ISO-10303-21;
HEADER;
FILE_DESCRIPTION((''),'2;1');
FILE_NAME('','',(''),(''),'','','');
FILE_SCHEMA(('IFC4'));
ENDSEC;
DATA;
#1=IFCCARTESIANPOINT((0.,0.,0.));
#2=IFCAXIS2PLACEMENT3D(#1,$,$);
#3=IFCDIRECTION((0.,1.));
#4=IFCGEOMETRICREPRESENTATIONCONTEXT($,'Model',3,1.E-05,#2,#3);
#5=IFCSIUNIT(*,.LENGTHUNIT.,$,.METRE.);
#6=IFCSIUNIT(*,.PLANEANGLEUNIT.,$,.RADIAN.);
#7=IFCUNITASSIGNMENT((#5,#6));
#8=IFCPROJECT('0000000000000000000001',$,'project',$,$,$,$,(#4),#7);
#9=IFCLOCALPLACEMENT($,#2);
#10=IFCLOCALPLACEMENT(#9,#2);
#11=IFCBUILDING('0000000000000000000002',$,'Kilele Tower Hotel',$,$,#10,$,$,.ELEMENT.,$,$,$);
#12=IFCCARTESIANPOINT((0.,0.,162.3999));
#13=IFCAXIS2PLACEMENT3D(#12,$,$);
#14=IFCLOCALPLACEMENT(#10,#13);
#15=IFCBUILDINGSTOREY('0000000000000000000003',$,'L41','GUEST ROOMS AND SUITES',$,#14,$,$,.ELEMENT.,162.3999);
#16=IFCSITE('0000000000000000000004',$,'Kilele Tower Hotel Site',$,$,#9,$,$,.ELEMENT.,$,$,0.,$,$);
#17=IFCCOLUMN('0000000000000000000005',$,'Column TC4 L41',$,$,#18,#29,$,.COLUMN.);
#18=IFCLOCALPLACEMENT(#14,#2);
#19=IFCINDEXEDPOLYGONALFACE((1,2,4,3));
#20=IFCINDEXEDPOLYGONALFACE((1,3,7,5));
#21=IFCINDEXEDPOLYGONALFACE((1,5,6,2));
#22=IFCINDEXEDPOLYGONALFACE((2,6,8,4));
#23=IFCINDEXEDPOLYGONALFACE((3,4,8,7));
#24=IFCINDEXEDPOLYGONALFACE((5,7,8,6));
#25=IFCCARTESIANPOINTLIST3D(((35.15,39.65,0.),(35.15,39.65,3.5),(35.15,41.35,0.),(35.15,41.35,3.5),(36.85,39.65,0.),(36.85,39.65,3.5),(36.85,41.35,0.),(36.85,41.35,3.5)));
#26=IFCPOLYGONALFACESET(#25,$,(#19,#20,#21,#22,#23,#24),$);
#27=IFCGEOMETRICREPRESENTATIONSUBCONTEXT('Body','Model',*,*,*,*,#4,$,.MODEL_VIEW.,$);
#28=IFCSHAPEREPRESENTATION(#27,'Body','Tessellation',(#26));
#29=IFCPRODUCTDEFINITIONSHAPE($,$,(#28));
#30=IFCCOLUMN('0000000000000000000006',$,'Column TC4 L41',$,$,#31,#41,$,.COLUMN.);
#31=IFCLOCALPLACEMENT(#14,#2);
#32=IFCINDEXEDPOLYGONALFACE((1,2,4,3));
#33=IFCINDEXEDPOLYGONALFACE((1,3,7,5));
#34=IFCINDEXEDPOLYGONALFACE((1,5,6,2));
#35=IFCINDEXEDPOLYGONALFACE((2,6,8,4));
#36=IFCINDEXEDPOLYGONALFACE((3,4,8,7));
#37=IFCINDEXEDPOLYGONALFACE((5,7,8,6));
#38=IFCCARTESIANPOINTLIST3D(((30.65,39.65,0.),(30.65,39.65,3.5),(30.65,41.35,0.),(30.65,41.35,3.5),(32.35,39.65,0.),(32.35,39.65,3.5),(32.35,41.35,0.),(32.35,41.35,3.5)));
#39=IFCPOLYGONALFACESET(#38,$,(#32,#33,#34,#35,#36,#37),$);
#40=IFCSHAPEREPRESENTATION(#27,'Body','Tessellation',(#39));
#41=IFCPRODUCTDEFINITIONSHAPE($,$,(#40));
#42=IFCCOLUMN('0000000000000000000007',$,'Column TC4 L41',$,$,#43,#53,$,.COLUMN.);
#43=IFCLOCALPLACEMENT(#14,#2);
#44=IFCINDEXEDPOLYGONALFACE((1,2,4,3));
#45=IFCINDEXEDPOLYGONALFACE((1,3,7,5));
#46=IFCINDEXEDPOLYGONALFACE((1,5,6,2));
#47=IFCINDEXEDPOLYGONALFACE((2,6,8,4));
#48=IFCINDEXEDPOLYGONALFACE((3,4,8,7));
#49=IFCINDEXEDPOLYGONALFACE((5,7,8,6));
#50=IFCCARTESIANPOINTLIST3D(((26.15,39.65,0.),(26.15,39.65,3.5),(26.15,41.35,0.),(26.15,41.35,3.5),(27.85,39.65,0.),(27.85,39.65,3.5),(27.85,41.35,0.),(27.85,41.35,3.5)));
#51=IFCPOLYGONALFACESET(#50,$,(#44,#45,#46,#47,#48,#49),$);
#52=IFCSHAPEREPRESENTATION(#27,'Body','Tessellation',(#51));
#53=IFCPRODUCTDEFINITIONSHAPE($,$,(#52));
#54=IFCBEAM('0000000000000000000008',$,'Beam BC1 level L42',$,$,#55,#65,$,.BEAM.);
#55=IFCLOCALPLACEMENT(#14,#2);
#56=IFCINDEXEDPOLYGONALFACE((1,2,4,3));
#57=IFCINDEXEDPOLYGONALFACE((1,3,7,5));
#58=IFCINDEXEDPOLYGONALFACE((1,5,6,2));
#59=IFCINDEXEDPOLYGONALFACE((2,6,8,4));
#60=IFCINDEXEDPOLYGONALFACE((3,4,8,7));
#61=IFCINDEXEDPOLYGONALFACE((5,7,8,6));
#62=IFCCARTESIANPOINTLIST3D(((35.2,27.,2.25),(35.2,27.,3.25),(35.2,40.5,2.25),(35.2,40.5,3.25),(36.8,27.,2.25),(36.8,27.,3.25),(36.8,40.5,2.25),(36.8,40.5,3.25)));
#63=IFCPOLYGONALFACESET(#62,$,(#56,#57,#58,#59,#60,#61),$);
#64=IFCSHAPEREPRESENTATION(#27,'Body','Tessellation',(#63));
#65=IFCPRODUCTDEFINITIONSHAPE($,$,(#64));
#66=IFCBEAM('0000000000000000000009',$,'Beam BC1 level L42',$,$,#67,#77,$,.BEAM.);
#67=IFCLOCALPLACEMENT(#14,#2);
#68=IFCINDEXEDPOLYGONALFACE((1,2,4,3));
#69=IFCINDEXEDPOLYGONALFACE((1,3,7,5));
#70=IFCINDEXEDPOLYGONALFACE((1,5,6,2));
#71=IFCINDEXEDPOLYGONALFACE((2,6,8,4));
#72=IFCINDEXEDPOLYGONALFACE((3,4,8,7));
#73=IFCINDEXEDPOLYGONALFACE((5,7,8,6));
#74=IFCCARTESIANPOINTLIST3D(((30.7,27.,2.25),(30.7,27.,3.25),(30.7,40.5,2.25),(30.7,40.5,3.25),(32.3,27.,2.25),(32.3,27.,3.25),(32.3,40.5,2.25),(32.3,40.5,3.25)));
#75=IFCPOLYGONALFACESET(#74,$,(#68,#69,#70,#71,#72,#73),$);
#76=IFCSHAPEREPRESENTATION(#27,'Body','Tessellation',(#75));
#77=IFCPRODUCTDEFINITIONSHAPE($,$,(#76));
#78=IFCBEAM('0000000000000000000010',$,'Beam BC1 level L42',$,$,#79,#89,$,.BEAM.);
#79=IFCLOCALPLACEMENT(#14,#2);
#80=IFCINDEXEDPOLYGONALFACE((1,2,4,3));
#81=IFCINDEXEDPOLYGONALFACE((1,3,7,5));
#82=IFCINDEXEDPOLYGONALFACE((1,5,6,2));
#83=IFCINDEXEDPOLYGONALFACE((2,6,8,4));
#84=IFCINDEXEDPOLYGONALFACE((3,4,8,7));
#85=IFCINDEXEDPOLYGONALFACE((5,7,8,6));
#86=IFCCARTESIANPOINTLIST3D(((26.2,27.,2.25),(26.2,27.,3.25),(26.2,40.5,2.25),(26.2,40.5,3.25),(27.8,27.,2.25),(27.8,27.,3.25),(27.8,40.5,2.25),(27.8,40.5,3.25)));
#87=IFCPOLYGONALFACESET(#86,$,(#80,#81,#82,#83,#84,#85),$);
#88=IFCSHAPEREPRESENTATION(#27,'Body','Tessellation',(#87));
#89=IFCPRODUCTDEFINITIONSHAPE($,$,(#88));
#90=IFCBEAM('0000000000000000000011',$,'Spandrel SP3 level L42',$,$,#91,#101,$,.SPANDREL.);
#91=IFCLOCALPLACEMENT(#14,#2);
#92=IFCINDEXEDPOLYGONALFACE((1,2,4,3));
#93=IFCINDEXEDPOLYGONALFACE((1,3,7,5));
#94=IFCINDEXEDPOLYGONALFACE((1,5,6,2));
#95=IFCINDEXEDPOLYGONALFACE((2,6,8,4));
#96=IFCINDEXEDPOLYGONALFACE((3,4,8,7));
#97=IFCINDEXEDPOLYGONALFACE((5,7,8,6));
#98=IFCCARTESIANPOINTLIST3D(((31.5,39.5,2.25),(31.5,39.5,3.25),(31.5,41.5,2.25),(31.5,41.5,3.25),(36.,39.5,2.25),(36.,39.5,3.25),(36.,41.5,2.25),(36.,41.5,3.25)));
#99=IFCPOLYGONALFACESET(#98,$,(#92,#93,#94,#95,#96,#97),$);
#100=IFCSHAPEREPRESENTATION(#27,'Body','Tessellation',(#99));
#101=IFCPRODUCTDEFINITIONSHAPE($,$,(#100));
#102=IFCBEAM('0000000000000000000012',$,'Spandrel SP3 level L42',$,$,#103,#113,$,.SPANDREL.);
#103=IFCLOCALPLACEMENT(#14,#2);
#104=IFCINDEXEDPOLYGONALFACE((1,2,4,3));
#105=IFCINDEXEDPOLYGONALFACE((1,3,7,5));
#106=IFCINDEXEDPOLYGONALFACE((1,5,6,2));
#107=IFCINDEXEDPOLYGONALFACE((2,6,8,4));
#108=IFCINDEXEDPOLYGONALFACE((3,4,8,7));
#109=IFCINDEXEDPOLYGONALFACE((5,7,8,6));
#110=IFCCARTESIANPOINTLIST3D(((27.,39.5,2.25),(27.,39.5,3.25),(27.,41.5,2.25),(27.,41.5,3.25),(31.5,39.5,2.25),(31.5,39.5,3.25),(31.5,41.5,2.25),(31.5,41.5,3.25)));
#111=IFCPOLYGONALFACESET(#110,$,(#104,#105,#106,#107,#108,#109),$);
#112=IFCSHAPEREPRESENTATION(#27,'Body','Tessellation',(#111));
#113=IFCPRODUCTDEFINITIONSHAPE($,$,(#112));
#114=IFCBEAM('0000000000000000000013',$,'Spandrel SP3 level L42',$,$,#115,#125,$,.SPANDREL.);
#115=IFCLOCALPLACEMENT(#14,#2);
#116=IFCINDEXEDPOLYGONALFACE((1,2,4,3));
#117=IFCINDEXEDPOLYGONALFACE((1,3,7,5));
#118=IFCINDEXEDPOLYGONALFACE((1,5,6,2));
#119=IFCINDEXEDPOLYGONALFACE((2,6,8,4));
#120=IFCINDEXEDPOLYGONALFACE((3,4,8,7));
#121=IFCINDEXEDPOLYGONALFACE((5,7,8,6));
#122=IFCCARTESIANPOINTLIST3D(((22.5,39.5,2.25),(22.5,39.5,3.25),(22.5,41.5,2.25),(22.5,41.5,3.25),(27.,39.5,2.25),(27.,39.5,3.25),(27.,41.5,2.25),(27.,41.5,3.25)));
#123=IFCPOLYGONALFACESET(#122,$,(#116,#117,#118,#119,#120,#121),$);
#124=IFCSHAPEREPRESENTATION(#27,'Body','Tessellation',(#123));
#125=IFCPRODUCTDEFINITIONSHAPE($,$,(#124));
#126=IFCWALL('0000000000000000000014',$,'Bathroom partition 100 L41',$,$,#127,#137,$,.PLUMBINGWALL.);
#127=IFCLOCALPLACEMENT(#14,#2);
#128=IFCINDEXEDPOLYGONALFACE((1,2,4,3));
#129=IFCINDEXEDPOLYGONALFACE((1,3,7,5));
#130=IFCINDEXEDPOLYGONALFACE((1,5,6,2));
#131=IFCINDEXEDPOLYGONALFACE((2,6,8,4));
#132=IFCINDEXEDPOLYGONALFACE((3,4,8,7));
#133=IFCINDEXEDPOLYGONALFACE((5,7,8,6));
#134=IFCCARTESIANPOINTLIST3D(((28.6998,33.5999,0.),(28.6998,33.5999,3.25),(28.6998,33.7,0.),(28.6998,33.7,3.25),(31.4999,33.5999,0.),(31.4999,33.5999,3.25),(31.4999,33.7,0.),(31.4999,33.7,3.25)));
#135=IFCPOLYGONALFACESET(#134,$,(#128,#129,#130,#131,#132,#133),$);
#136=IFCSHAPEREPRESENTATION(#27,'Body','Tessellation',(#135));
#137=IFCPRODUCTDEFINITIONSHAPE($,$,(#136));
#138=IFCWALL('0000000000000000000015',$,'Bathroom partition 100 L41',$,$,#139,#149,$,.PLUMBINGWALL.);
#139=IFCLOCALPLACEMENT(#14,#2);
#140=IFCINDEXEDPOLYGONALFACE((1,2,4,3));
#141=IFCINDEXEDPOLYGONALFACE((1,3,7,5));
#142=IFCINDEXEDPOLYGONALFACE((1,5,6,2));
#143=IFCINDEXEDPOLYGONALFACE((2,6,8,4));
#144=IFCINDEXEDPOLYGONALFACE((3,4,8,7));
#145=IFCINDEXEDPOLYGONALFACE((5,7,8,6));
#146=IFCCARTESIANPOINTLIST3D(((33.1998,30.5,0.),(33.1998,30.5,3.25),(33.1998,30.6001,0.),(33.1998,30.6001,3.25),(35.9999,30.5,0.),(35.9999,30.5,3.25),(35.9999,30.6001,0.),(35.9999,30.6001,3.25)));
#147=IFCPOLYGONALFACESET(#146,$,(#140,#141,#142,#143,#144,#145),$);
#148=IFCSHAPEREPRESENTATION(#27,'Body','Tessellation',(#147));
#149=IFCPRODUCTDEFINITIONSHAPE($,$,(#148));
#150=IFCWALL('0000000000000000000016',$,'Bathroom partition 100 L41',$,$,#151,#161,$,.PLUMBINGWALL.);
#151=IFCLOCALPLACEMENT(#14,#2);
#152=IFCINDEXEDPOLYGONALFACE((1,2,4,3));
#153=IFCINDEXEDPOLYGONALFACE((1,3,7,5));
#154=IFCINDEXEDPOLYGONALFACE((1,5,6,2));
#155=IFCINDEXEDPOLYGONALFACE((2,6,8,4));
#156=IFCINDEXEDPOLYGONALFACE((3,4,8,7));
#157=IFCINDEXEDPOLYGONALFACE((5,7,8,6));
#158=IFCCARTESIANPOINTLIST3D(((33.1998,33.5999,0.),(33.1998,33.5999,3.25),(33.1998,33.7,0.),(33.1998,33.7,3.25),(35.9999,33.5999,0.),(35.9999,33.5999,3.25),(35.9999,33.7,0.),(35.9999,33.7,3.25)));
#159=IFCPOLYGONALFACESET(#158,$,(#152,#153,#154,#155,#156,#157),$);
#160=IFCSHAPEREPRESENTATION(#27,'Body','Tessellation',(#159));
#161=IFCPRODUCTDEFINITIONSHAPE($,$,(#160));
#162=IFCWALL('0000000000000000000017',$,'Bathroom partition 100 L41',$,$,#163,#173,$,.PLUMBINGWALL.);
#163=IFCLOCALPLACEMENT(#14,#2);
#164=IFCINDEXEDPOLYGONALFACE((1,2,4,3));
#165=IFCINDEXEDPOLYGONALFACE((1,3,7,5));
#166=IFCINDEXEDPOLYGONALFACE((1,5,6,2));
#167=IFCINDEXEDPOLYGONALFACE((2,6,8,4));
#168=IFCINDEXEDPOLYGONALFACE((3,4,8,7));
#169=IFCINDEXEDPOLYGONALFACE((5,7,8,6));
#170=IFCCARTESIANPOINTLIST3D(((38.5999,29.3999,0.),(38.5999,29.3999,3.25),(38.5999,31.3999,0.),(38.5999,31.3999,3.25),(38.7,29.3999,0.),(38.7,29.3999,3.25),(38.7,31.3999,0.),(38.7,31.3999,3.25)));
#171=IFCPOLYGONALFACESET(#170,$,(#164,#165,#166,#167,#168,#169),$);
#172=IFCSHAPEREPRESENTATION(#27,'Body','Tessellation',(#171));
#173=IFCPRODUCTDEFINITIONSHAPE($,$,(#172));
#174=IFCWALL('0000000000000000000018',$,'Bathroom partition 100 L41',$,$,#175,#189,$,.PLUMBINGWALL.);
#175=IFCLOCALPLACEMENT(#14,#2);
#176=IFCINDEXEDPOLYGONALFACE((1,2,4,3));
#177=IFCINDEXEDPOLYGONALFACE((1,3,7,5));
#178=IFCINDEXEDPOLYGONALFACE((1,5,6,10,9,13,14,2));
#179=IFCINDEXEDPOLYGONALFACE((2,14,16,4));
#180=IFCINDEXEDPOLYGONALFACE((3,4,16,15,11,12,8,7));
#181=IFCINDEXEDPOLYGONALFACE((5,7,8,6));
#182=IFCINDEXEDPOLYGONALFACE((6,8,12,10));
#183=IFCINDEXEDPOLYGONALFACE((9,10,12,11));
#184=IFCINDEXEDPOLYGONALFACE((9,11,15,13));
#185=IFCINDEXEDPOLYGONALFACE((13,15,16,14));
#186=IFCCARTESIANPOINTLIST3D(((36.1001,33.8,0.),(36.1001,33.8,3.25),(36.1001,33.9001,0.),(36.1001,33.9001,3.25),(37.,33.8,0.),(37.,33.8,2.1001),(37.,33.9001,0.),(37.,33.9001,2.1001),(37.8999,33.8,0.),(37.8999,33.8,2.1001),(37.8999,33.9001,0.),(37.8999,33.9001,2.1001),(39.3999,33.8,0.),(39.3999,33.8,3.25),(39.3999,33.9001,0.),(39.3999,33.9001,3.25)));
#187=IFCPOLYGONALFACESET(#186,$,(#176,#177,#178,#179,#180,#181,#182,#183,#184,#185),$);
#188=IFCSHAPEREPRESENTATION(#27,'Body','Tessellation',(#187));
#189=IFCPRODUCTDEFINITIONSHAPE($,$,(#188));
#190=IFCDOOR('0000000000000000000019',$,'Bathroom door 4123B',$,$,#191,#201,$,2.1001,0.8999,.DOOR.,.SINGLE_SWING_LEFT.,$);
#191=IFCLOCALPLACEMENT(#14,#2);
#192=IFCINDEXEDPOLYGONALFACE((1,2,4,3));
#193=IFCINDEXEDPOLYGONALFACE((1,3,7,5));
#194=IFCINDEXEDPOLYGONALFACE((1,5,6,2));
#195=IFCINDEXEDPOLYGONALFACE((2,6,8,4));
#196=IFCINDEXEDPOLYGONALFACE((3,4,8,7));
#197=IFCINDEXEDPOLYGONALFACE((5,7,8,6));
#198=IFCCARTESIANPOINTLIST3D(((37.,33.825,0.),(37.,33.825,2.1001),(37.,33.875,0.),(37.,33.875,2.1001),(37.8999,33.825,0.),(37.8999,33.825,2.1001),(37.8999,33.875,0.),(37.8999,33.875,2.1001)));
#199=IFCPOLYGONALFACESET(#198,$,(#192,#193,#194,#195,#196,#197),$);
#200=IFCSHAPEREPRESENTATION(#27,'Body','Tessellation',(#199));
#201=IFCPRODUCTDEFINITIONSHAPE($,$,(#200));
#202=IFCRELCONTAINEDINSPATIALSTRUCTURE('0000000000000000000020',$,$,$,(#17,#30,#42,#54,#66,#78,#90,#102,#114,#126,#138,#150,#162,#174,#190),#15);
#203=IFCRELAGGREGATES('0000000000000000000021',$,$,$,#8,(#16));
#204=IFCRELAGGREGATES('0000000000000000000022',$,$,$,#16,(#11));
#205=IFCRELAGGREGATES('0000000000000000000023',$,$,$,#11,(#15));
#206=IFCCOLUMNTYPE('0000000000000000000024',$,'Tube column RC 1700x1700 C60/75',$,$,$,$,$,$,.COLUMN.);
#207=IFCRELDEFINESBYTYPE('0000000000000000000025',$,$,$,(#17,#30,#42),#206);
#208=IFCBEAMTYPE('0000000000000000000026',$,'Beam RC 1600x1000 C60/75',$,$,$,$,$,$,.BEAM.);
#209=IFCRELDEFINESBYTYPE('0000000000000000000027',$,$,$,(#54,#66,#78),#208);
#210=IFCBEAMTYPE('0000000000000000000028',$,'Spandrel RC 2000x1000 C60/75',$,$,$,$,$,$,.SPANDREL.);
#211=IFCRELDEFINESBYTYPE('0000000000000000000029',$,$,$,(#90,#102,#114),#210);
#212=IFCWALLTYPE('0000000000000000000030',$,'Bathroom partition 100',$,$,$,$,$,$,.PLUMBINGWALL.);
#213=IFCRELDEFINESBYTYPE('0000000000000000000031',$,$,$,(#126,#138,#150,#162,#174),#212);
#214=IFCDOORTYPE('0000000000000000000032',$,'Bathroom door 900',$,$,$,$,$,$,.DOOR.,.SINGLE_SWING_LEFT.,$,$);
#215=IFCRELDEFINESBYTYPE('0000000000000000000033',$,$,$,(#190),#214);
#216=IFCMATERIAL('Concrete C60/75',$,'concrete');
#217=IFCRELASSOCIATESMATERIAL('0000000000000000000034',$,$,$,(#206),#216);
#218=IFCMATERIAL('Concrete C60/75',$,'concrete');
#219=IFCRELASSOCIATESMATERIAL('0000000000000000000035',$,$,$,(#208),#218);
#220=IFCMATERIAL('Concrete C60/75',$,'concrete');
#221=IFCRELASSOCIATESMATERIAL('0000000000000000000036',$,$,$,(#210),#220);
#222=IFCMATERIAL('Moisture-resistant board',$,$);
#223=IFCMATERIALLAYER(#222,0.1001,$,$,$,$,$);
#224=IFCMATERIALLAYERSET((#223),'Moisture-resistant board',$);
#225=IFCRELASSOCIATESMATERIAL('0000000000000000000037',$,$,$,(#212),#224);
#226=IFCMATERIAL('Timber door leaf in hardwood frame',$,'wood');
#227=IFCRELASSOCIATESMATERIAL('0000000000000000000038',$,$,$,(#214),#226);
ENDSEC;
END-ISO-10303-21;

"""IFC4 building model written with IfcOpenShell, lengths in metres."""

from ifc_helpers import new_model, si_unit, direction, frame, frame_2d, origin, origin_2d, place, context, subcontext, project, spatial, rectangle, extrude, material, layer, layer_set, material_profile, profile_set, type_object, element, fill, save


model = new_model("IFC4")

# Units and contexts
model_context = context("Model", 3, precision=1e-05, world=origin(), true_north=direction((0.0, 1.0)))
body_context = subcontext(model_context, "Body", "Model", "MODEL_VIEW")
ifc_project = project(units=[si_unit("LENGTHUNIT", "METRE"), si_unit("PLANEANGLEUNIT", "RADIAN")], contexts=[model_context])

# Site, building, storey
site_placement = place(None, origin())
site = spatial("IfcSite", under=ifc_project, at=site_placement, Name="Kilele Tower Hotel Site", CompositionType="ELEMENT", RefElevation=0.0)
building_placement = place(site_placement, origin())
building = spatial("IfcBuilding", under=site, at=building_placement, Name="Kilele Tower Hotel", CompositionType="ELEMENT")
storey_placement = place(building_placement, frame((0.0, 0.0, 162.3999)))
storey = spatial("IfcBuildingStorey", under=building, at=storey_placement, Name="L41", Description="GUEST ROOMS AND SUITES", CompositionType="ELEMENT", Elevation=162.3999)

# Columns
ifc_material_1 = material(Name="Concrete C60/75", Category="concrete")
ifc_material_profile_1 = material_profile(ifc_material_1, rectangle(XDim=1.7, YDim=1.7, at=origin_2d()))
ifc_profile_set_1 = profile_set([ifc_material_profile_1], Name="Concrete C60/75")
column_type = type_object("IfcColumnType", Name="Tube column RC 1700x1700 C60/75", PredefinedType="COLUMN", material=ifc_profile_set_1)
for number, where, z_axis, x_axis, name in (
    (1, (36.0, 40.5, 0.0), (0.0, 0.0, 1.0), (1.0, 0.0, 0.0), "Column TC4 L41"),
    (2, (31.5, 40.5, 0.0), (0.0, 0.0, 1.0), (1.0, 0.0, 0.0), "Column TC4 L41"),
    (3, (27.0, 40.5, 0.0), (0.0, 0.0, 1.0), (1.0, 0.0, 0.0), "Column TC4 L41"),
):
    element("IfcColumn", number, at=place(storey_placement, frame(where, z_axis=z_axis, x_axis=x_axis)), inside=storey, type_object=column_type, Name=name, PredefinedType="COLUMN", context=body_context, shape_type="SweptSolid", body=[
        extrude(rectangle(XDim=1.7, YDim=1.7, at=origin_2d()), origin(), (0.0, 0.0, 1.0), 3.5),
    ])

# Beams
ifc_material_2 = material(Name="Concrete C60/75", Category="concrete")
ifc_material_profile_2 = material_profile(ifc_material_2, rectangle(XDim=1.6001, YDim=1.0, at=origin_2d()))
ifc_profile_set_2 = profile_set([ifc_material_profile_2], Name="Concrete C60/75")
beam_type_1 = type_object("IfcBeamType", Name="Beam RC 1600x1000 C60/75", PredefinedType="BEAM", material=ifc_profile_set_2)
for number, where, z_axis, x_axis, name in (
    (4, (36.0, 40.5, 2.75), (0.0, -1.0, 0.0), (1.0, 0.0, 0.0), "Beam BC1 level L42"),
    (5, (31.5, 40.5, 2.75), (0.0, -1.0, 0.0), (1.0, 0.0, 0.0), "Beam BC1 level L42"),
    (6, (27.0, 40.5, 2.75), (0.0, -1.0, 0.0), (1.0, 0.0, 0.0), "Beam BC1 level L42"),
):
    element("IfcBeam", number, at=place(storey_placement, frame(where, z_axis=z_axis, x_axis=x_axis)), inside=storey, type_object=beam_type_1, Name=name, PredefinedType="BEAM", context=body_context, shape_type="SweptSolid", body=[
        extrude(rectangle(XDim=1.6001, YDim=1.0, at=origin_2d()), origin(), (0.0, 0.0, 1.0), 13.5),
    ])
ifc_material_3 = material(Name="Concrete C60/75", Category="concrete")
ifc_material_profile_3 = material_profile(ifc_material_3, rectangle(XDim=2.0, YDim=1.0, at=origin_2d()))
ifc_profile_set_3 = profile_set([ifc_material_profile_3], Name="Concrete C60/75")
beam_type_2 = type_object("IfcBeamType", Name="Spandrel RC 2000x1000 C60/75", PredefinedType="SPANDREL", material=ifc_profile_set_3)
for number, where, z_axis, x_axis, name in (
    (7, (36.0, 40.5, 2.75), (-1.0, 0.0, 0.0), (0.0, -1.0, 0.0), "Spandrel SP3 level L42"),
    (8, (31.5, 40.5, 2.75), (-1.0, 0.0, 0.0), (0.0, -1.0, 0.0), "Spandrel SP3 level L42"),
    (9, (27.0, 40.5, 2.75), (-1.0, 0.0, 0.0), (0.0, -1.0, 0.0), "Spandrel SP3 level L42"),
):
    element("IfcBeam", number, at=place(storey_placement, frame(where, z_axis=z_axis, x_axis=x_axis)), inside=storey, type_object=beam_type_2, Name=name, PredefinedType="SPANDREL", context=body_context, shape_type="SweptSolid", body=[
        extrude(rectangle(XDim=2.0, YDim=1.0, at=origin_2d()), origin(), (0.0, 0.0, 1.0), 4.5),
    ])

# Walls
ifc_material_4 = material(Name="Moisture-resistant board")
ifc_layer_1 = layer(ifc_material_4, 0.1001)
ifc_layer_set_1 = layer_set([ifc_layer_1], Name="Moisture-resistant board")
wall_type_1 = type_object("IfcWallType", Name="Bathroom partition 100", PredefinedType="PLUMBINGWALL", material=ifc_layer_set_1)
for number, where, z_axis, x_axis, name in (
    (10, (28.7, 33.6499, 0.0), (0.0, 0.0, 1.0), (1.0, 0.0, 0.0), "Bathroom partition 100 L41"),
    (11, (33.2, 30.55, 0.0), (0.0, 0.0, 1.0), (1.0, 0.0, 0.0), "Bathroom partition 100 L41"),
    (12, (33.2, 33.6499, 0.0), (0.0, 0.0, 1.0), (1.0, 0.0, 0.0), "Bathroom partition 100 L41"),
):
    element("IfcWall", number, at=place(storey_placement, frame(where, z_axis=z_axis, x_axis=x_axis)), inside=storey, type_object=wall_type_1, Name=name, PredefinedType="PLUMBINGWALL", context=body_context, shape_type="SweptSolid", body=[
        extrude(rectangle(XDim=2.8, YDim=0.1001, at=frame_2d((1.3999, 0.0))), origin(), (0.0, 0.0, 1.0), 3.25),
    ])
wall_1_placement = place(storey_placement, frame((38.6499, 31.3999, 0.0), z_axis=(0.0, 0.0, 1.0), x_axis=(0.0, -1.0, 0.0)))
element("IfcWall", 13, at=wall_1_placement, inside=storey, type_object=wall_type_1, Name="Bathroom partition 100 L41", PredefinedType="PLUMBINGWALL", context=body_context, shape_type="SweptSolid", body=[
    extrude(rectangle(XDim=2.0, YDim=0.1001, at=frame_2d((1.0, 0.0))), origin(), (0.0, 0.0, 1.0), 3.25),
])

# Wall, opening, door
wall_2_placement = place(storey_placement, frame((36.1001, 33.8501, 0.0), z_axis=(0.0, 0.0, 1.0), x_axis=(1.0, 0.0, 0.0)))
wall_2 = element("IfcWall", 14, at=wall_2_placement, inside=storey, type_object=wall_type_1, Name="Bathroom partition 100 L41", PredefinedType="PLUMBINGWALL", context=body_context, shape_type="SweptSolid", body=[
    extrude(rectangle(XDim=3.2998, YDim=0.1001, at=frame_2d((1.6499, 0.0))), origin(), (0.0, 0.0, 1.0), 3.25),
])
opening_1_placement = place(wall_2_placement, frame((0.8999, 0.0, 0.0)))
opening_1 = element("IfcOpeningElement", 15, at=opening_1_placement, cuts=wall_2, PredefinedType="OPENING", context=body_context, shape_type="SweptSolid", body=[
    extrude(rectangle(XDim=0.8999, YDim=2.1001, at=frame_2d((0.45, 1.05))), frame((0.0, 0.0601, 0.0), z_axis=(0.0, -1.0, 0.0), x_axis=(1.0, 0.0, 0.0)), (0.0, 0.0, 1.0), 0.1201),
])
ifc_material_5 = material(Name="Timber door leaf in hardwood frame", Category="wood")
door_type_1 = type_object("IfcDoorType", Name="Bathroom door 900", OperationType="SINGLE_SWING_LEFT", PredefinedType="DOOR", material=ifc_material_5)
door_1_placement = place(opening_1_placement, origin())
door_1 = element("IfcDoor", 16, at=door_1_placement, inside=storey, type_object=door_type_1, Name="Bathroom door 4123B", OperationType="SINGLE_SWING_LEFT", OverallHeight=2.1001, OverallWidth=0.8999, PredefinedType="DOOR", context=body_context, shape_type="SweptSolid", body=[
    extrude(rectangle(XDim=0.8999, YDim=2.1001, at=frame_2d((0.45, 1.05))), frame((0.0, 0.0249, 0.0), z_axis=(0.0, -1.0, 0.0), x_axis=(1.0, 0.0, 0.0)), (0.0, 0.0, 1.0), 0.05),
])
fill(opening_1, door_1)

save(model, "model.ifc")
